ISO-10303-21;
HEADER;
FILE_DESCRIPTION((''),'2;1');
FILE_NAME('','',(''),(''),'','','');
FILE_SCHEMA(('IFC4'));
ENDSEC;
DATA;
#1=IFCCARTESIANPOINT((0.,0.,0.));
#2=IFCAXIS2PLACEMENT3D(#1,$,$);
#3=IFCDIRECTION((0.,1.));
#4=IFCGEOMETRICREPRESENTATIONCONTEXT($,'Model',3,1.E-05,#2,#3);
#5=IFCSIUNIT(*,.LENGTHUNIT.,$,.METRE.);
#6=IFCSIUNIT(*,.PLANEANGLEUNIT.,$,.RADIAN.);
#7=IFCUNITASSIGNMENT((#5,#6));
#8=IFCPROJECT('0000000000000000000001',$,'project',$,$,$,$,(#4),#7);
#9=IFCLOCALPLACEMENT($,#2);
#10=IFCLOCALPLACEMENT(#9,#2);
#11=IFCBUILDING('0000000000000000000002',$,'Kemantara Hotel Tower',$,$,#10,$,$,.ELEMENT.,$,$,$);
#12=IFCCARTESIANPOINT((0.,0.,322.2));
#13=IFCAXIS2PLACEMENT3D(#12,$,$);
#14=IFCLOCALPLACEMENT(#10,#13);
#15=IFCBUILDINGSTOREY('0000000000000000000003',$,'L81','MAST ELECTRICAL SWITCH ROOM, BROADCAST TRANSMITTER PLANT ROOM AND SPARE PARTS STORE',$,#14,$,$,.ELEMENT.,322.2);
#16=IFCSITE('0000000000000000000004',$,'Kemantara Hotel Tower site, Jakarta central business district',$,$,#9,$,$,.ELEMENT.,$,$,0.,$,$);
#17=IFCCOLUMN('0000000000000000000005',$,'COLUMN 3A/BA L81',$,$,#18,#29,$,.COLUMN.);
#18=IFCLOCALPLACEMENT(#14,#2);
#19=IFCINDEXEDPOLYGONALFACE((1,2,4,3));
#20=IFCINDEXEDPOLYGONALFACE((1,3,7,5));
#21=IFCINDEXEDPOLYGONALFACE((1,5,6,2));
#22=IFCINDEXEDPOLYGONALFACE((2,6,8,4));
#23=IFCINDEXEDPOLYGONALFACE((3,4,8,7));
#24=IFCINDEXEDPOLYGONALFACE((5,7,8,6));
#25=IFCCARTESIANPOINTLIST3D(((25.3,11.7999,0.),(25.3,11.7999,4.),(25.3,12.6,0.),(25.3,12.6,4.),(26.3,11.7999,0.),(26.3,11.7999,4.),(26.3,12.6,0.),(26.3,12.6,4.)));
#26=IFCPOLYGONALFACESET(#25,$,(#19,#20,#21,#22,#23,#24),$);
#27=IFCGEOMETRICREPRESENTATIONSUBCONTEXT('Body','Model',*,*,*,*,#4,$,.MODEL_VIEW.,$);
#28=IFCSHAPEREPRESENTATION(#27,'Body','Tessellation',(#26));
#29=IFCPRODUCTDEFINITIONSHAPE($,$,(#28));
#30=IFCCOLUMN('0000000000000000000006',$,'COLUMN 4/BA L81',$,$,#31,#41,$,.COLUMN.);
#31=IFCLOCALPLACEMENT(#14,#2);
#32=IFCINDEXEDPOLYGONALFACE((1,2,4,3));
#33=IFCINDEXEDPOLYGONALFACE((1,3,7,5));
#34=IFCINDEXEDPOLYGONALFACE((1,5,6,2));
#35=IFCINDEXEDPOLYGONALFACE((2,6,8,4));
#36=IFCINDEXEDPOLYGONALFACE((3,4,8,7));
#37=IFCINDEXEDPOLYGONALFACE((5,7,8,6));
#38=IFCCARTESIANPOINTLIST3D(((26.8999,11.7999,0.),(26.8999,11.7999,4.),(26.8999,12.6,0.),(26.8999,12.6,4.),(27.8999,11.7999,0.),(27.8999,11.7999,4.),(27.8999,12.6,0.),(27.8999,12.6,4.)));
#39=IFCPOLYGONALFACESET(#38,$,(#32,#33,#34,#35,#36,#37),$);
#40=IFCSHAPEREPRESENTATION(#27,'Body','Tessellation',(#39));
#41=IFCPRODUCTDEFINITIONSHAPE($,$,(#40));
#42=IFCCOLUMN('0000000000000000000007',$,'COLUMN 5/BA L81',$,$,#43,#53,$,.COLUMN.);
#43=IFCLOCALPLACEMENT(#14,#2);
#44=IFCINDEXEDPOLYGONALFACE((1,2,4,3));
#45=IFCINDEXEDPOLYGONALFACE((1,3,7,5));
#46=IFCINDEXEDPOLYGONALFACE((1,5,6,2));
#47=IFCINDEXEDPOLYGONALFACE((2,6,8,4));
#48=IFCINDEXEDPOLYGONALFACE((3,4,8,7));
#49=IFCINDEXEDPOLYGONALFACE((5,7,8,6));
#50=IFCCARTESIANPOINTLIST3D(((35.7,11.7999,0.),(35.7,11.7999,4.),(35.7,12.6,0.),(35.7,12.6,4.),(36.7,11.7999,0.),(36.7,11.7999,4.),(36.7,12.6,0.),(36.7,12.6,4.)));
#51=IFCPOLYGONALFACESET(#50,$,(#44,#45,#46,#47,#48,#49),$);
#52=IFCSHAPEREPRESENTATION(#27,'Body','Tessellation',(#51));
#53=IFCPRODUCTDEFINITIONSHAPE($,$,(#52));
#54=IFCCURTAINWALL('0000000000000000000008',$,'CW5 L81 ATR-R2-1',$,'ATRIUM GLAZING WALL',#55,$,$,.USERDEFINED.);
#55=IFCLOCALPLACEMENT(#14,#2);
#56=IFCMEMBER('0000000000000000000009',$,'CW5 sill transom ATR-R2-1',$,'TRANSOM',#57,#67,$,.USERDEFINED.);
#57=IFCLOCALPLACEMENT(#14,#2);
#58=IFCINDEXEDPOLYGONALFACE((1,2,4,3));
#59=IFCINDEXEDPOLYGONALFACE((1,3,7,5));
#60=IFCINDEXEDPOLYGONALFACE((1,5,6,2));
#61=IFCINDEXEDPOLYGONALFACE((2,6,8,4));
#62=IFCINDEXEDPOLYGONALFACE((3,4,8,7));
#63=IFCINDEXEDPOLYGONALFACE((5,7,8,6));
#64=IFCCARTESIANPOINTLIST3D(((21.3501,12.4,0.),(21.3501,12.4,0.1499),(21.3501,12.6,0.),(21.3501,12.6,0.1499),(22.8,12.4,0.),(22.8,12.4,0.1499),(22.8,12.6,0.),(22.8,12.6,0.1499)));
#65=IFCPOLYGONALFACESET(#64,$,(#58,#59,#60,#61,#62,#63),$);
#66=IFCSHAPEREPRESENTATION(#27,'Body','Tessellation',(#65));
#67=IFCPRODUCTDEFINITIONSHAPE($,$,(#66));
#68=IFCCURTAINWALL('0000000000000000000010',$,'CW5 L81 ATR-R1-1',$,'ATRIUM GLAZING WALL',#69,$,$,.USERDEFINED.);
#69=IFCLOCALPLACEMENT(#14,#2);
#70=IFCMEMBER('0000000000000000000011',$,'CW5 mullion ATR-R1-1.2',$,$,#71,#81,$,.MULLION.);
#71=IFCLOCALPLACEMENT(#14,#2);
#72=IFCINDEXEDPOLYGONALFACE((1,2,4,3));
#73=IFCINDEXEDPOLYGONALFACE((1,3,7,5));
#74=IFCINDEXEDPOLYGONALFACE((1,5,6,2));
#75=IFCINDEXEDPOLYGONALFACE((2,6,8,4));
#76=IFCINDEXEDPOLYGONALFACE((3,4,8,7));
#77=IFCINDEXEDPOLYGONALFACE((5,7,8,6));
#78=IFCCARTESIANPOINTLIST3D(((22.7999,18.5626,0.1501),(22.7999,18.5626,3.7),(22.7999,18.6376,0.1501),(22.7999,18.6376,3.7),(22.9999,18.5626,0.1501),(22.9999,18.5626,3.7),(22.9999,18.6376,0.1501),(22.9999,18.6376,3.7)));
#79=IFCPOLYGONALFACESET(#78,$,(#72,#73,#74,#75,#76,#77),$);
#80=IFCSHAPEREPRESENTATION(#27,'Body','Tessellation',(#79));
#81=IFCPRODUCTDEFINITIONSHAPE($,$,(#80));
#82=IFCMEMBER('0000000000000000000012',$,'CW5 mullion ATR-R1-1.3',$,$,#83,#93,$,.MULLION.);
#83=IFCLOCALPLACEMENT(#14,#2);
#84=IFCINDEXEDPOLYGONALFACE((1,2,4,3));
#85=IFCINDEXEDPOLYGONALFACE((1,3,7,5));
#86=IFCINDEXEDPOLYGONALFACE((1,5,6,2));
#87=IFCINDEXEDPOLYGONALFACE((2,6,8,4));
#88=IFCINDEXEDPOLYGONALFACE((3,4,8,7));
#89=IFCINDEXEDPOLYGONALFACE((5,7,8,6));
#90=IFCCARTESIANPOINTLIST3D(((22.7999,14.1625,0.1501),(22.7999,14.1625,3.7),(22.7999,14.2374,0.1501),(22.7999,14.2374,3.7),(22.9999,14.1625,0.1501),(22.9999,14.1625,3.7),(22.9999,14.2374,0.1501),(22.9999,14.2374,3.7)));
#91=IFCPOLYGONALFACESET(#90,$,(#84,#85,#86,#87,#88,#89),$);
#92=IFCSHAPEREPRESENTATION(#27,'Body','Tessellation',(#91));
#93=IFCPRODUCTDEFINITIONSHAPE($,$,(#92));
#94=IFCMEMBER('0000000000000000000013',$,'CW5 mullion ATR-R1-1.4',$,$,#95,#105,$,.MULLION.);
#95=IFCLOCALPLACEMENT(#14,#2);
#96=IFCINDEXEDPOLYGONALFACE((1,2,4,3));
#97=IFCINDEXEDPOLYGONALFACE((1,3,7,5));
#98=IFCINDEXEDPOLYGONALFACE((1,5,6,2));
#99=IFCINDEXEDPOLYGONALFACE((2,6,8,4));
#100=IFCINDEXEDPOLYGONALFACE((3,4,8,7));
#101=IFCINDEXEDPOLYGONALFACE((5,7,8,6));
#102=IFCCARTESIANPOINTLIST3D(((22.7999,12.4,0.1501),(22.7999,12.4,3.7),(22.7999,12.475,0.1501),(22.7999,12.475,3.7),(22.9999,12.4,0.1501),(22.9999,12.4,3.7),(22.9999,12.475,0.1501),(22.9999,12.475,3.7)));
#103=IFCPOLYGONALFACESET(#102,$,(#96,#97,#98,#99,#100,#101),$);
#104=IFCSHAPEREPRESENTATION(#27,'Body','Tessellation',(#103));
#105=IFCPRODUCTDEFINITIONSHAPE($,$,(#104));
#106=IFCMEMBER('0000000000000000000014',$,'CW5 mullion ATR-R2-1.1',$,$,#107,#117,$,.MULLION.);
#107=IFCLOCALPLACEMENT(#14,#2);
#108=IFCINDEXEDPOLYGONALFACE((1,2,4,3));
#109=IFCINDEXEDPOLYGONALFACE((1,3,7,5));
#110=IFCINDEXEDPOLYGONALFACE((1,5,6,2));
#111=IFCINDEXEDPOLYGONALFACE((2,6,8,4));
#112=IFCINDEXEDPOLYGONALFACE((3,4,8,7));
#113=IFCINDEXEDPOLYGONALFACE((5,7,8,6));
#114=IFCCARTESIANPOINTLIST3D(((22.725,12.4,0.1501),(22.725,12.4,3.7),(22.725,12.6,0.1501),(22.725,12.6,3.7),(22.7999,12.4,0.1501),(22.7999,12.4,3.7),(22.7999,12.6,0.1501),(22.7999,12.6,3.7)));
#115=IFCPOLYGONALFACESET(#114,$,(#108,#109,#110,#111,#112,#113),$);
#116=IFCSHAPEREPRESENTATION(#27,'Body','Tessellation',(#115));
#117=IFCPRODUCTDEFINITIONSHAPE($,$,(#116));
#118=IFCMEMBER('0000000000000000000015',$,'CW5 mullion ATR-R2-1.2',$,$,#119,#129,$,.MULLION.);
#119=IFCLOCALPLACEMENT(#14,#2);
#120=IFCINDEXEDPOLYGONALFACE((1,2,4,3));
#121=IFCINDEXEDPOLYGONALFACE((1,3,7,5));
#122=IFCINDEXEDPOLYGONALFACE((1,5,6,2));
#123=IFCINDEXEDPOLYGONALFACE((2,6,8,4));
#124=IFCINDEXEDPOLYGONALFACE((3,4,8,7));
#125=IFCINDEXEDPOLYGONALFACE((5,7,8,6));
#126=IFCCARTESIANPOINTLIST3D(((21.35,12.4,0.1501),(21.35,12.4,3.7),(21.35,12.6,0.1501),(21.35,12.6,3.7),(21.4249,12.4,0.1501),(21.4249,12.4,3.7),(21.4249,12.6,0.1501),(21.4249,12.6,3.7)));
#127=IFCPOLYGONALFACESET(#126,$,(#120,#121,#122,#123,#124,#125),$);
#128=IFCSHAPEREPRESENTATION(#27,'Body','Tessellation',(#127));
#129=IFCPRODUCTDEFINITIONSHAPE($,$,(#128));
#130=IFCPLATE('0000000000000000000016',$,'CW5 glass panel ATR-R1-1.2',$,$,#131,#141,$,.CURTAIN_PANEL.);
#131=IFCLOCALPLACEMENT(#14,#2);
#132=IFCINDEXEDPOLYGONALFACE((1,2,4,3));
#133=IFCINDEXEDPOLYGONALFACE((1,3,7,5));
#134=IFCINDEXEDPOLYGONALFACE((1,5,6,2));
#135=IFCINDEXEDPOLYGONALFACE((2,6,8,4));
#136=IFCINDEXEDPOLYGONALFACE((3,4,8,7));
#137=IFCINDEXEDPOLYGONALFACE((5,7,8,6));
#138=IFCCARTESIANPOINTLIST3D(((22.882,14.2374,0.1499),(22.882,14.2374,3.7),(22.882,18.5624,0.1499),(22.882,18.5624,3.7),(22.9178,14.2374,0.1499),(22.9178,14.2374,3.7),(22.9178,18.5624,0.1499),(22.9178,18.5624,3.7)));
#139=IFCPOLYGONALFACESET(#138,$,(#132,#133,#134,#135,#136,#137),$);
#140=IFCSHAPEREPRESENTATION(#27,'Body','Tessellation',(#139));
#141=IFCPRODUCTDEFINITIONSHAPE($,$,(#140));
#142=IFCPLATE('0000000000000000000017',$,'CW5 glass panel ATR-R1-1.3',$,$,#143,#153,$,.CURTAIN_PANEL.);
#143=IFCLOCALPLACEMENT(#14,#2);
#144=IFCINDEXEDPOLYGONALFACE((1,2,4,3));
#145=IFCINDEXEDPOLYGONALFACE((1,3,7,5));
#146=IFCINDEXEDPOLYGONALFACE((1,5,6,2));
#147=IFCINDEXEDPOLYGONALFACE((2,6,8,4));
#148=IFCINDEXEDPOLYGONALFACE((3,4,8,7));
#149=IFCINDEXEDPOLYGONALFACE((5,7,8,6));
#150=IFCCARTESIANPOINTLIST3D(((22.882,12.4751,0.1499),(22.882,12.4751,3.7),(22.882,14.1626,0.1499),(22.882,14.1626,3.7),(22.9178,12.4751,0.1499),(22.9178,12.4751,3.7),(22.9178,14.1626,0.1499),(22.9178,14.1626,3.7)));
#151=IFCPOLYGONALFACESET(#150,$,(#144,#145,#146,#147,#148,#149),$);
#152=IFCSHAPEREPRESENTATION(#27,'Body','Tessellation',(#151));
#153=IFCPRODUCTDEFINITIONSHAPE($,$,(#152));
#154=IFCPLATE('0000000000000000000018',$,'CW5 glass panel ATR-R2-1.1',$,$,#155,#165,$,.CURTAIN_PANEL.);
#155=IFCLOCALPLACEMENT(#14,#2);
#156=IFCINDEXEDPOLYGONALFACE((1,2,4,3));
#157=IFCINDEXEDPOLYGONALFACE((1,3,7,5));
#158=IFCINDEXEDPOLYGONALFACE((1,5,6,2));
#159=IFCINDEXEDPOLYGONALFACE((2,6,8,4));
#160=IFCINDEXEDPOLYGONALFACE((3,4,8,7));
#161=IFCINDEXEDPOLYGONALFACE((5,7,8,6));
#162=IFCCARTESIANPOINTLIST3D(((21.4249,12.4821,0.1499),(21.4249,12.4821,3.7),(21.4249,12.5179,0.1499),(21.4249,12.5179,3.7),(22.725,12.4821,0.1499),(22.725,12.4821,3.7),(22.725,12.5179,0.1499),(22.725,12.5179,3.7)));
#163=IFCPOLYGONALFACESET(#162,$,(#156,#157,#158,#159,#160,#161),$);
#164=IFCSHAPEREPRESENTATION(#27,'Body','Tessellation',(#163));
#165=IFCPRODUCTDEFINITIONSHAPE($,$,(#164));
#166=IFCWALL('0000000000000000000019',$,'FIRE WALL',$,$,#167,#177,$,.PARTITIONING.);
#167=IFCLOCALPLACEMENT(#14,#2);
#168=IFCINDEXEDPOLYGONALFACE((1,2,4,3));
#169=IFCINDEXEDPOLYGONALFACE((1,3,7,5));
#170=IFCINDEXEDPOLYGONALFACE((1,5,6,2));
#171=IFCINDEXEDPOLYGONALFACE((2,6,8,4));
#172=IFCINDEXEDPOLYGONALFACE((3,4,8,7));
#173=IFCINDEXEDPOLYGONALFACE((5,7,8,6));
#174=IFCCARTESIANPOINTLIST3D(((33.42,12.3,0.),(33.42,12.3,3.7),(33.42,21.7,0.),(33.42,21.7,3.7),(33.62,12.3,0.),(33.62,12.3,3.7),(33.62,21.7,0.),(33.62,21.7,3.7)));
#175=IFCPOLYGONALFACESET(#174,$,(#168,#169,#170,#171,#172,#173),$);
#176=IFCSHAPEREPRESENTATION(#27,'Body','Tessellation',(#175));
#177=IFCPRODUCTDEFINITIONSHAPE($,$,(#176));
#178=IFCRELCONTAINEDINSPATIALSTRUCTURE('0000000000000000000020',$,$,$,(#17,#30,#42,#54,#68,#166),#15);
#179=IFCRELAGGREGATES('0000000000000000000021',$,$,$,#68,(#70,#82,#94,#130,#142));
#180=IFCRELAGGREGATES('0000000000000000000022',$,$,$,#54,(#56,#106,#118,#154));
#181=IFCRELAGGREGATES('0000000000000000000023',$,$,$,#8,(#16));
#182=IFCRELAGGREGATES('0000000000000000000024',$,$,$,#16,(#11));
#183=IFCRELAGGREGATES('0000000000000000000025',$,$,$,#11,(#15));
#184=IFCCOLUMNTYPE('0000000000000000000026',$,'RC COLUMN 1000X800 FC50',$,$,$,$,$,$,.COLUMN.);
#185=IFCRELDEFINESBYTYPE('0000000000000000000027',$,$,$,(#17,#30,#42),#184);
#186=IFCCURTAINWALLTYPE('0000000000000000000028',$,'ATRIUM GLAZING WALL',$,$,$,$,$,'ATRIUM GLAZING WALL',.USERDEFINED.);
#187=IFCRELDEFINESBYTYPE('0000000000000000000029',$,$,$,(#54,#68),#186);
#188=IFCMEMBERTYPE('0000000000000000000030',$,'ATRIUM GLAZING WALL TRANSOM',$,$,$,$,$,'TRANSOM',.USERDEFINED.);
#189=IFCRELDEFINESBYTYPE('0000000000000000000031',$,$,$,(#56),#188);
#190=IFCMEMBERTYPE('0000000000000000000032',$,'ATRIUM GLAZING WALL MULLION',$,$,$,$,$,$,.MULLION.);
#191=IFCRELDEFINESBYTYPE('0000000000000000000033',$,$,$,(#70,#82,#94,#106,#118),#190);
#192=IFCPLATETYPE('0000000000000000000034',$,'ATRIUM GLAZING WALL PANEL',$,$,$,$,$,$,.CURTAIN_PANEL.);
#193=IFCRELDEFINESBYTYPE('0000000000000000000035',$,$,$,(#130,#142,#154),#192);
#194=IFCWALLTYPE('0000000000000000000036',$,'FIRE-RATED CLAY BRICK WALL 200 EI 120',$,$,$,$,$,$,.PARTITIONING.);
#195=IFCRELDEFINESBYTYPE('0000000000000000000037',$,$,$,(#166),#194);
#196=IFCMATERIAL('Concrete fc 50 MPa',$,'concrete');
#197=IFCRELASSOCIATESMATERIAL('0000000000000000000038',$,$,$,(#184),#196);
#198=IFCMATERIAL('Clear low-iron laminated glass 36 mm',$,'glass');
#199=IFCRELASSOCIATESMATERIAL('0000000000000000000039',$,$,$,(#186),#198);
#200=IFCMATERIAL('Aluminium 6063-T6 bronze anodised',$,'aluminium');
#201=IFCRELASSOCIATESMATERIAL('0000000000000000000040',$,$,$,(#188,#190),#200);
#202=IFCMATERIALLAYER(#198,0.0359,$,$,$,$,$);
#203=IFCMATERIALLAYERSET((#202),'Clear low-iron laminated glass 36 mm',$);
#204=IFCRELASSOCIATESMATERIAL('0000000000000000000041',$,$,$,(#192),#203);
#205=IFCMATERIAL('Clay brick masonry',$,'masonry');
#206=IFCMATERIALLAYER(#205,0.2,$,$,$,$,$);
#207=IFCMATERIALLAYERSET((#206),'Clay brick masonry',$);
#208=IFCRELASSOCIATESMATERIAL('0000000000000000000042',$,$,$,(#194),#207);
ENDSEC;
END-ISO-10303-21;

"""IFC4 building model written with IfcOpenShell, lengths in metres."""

from ifc_helpers import new_model, si_unit, direction, frame, frame_2d, origin, origin_2d, place, context, subcontext, project, spatial, rectangle, extrude, source, transform, mapped, material, layer, layer_set, material_profile, profile_set, type_object, element, aggregate, save


model = new_model("IFC4")

# Units and contexts
model_context = context("Model", 3, precision=1e-05, world=origin(), true_north=direction((0.0, 1.0)))
body_context = subcontext(model_context, "Body", "Model", "MODEL_VIEW")
ifc_project = project(units=[si_unit("LENGTHUNIT", "METRE"), si_unit("PLANEANGLEUNIT", "RADIAN")], contexts=[model_context])

# Site, building, storey
site_placement = place(None, origin())
site = spatial("IfcSite", under=ifc_project, at=site_placement, Name="Kemantara Hotel Tower site, Jakarta central business district", CompositionType="ELEMENT", RefElevation=0.0)
building_placement = place(site_placement, origin())
building = spatial("IfcBuilding", under=site, at=building_placement, Name="Kemantara Hotel Tower", CompositionType="ELEMENT")
storey_placement = place(building_placement, frame((0.0, 0.0, 322.2)))
storey = spatial("IfcBuildingStorey", under=building, at=storey_placement, Name="L81", Description="MAST ELECTRICAL SWITCH ROOM, BROADCAST TRANSMITTER PLANT ROOM AND SPARE PARTS STORE", CompositionType="ELEMENT", Elevation=322.2)

# Columns
ifc_material_1 = material(Name="Concrete fc 50 MPa", Category="concrete")
ifc_material_profile_1 = material_profile(ifc_material_1, rectangle(XDim=1.0, YDim=0.8, at=origin_2d()), Name="RC 1000X800")
ifc_profile_set_1 = profile_set([ifc_material_profile_1], Name="Concrete fc 50 MPa")
column_type = type_object("IfcColumnType", Name="RC COLUMN 1000X800 FC50", PredefinedType="COLUMN", material=ifc_profile_set_1)
for number, where, z_axis, x_axis, name in (
    (1, (25.8, 12.2, 0.0), (0.0, 0.0, 1.0), (1.0, 0.0, 0.0), "COLUMN 3A/BA L81"),
    (2, (27.3999, 12.2, 0.0), (0.0, 0.0, 1.0), (1.0, 0.0, 0.0), "COLUMN 4/BA L81"),
    (3, (36.2, 12.2, 0.0), (0.0, 0.0, 1.0), (1.0, 0.0, 0.0), "COLUMN 5/BA L81"),
):
    element("IfcColumn", number, at=place(storey_placement, frame(where, z_axis=z_axis, x_axis=x_axis)), inside=storey, type_object=column_type, Name=name, PredefinedType="COLUMN", context=body_context, shape_type="SweptSolid", body=[
        extrude(rectangle(XDim=1.0, YDim=0.8, at=origin_2d()), origin(), (0.0, 0.0, 1.0), 4.0),
    ])

# Curtain wall, member
ifc_material_2 = material(Name="Clear low-iron laminated glass 36 mm", Category="glass")
curtain_wall_type = type_object("IfcCurtainWallType", Name="ATRIUM GLAZING WALL", ElementType="ATRIUM GLAZING WALL", PredefinedType="USERDEFINED", material=ifc_material_2)
curtain_wall_1_placement = place(storey_placement, origin())
curtain_wall_1 = element("IfcCurtainWall", 4, at=curtain_wall_1_placement, inside=storey, type_object=curtain_wall_type, Name="CW5 L81 ATR-R2-1", ObjectType="ATRIUM GLAZING WALL", PredefinedType="USERDEFINED")
ifc_material_3 = material(Name="Aluminium 6063-T6 bronze anodised", Category="aluminium")
ifc_material_profile_2 = material_profile(ifc_material_3, rectangle(XDim=0.2, YDim=0.1499, at=origin_2d()), Name="ATRIUM GLAZING WALL TRANSOM")
ifc_profile_set_2 = profile_set([ifc_material_profile_2], Name="Aluminium 6063-T6 bronze anodised")
member_type_1 = type_object("IfcMemberType", Name="ATRIUM GLAZING WALL TRANSOM", ElementType="TRANSOM", PredefinedType="USERDEFINED", material=ifc_profile_set_2)
member_1_placement = place(storey_placement, frame((22.8, 12.5, 0.075), z_axis=(-1.0, 0.0, 0.0), x_axis=(0.0, -1.0, 0.0)))
member_1 = element("IfcMember", 5, at=member_1_placement, type_object=member_type_1, Name="CW5 sill transom ATR-R2-1", ObjectType="TRANSOM", PredefinedType="USERDEFINED", context=body_context, shape_type="SweptSolid", body=[
    extrude(rectangle(XDim=0.2, YDim=0.1499, at=origin_2d()), origin(), (0.0, 0.0, 1.0), 1.45),
])

# Curtain wall, members
curtain_wall_2_placement = place(storey_placement, origin())
curtain_wall_2 = element("IfcCurtainWall", 6, at=curtain_wall_2_placement, inside=storey, type_object=curtain_wall_type, Name="CW5 L81 ATR-R1-1", ObjectType="ATRIUM GLAZING WALL", PredefinedType="USERDEFINED")
ifc_material_profile_3 = material_profile(ifc_material_3, rectangle(XDim=0.2, YDim=0.075, at=origin_2d()), Name="ATRIUM GLAZING WALL MULLION")
ifc_profile_set_3 = profile_set([ifc_material_profile_3], Name="Aluminium 6063-T6 bronze anodised")
member_type_2 = type_object("IfcMemberType", Name="ATRIUM GLAZING WALL MULLION", PredefinedType="MULLION", material=ifc_profile_set_3)
shared_shape_1 = source(origin(), body_context, "Body", "SweptSolid", [
    extrude(rectangle(XDim=0.2, YDim=0.075, at=origin_2d()), origin(), (0.0, 0.0, 1.0), 3.5498),
])
member_2_placement = place(storey_placement, frame((22.8999, 18.6001, 0.1501), z_axis=(0.0, 0.0, 1.0), x_axis=(1.0, 0.0, 0.0)))
member_2 = element("IfcMember", 7, at=member_2_placement, type_object=member_type_2, Name="CW5 mullion ATR-R1-1.2", PredefinedType="MULLION", context=body_context, shape_type="MappedRepresentation", body=[
    mapped(shared_shape_1, transform((0.0, 0.0, 0.0))),
])
member_3_placement = place(storey_placement, frame((22.8999, 14.2, 0.1501), z_axis=(0.0, 0.0, 1.0), x_axis=(1.0, 0.0, 0.0)))
member_3 = element("IfcMember", 8, at=member_3_placement, type_object=member_type_2, Name="CW5 mullion ATR-R1-1.3", PredefinedType="MULLION", context=body_context, shape_type="MappedRepresentation", body=[
    mapped(shared_shape_1, transform((0.0, 0.0, 0.0))),
])
member_4_placement = place(storey_placement, frame((22.8999, 12.4375, 0.1501), z_axis=(0.0, 0.0, 1.0), x_axis=(1.0, 0.0, 0.0)))
member_4 = element("IfcMember", 9, at=member_4_placement, type_object=member_type_2, Name="CW5 mullion ATR-R1-1.4", PredefinedType="MULLION", context=body_context, shape_type="MappedRepresentation", body=[
    mapped(shared_shape_1, transform((0.0, 0.0, 0.0))),
])

# Members
member_5_placement = place(storey_placement, frame((22.7625, 12.5, 0.1501), z_axis=(0.0, 0.0, 1.0), x_axis=(0.0, -1.0, 0.0)))
member_5 = element("IfcMember", 10, at=member_5_placement, type_object=member_type_2, Name="CW5 mullion ATR-R2-1.1", PredefinedType="MULLION", context=body_context, shape_type="MappedRepresentation", body=[
    mapped(shared_shape_1, transform((0.0, 0.0, 0.0))),
])
member_6_placement = place(storey_placement, frame((21.3875, 12.5, 0.1501), z_axis=(0.0, 0.0, 1.0), x_axis=(0.0, -1.0, 0.0)))
member_6 = element("IfcMember", 11, at=member_6_placement, type_object=member_type_2, Name="CW5 mullion ATR-R2-1.2", PredefinedType="MULLION", context=body_context, shape_type="MappedRepresentation", body=[
    mapped(shared_shape_1, transform((0.0, 0.0, 0.0))),
])

# Plates
ifc_layer_1 = layer(ifc_material_2, 0.0359)
ifc_layer_set_1 = layer_set([ifc_layer_1], Name="Clear low-iron laminated glass 36 mm")
plate_type = type_object("IfcPlateType", Name="ATRIUM GLAZING WALL PANEL", PredefinedType="CURTAIN_PANEL", material=ifc_layer_set_1)
shared_shape_2 = source(origin(), body_context, "Body", "SweptSolid", [
    extrude(rectangle(XDim=4.325, YDim=0.0359, at=origin_2d()), origin(), (0.0, 0.0, 1.0), 3.55),
])
plate_1_placement = place(storey_placement, frame((22.8999, 16.3999, 0.1499), z_axis=(0.0, 0.0, 1.0), x_axis=(0.0, -1.0, 0.0)))
plate_1 = element("IfcPlate", 12, at=plate_1_placement, type_object=plate_type, Name="CW5 glass panel ATR-R1-1.2", PredefinedType="CURTAIN_PANEL", context=body_context, shape_type="MappedRepresentation", body=[
    mapped(shared_shape_2, transform((0.0, 0.0, 0.0))),
])
shared_shape_3 = source(origin(), body_context, "Body", "SweptSolid", [
    extrude(rectangle(XDim=1.6875, YDim=0.0359, at=origin_2d()), origin(), (0.0, 0.0, 1.0), 3.55),
])
plate_2_placement = place(storey_placement, frame((22.8999, 13.3188, 0.1499), z_axis=(0.0, 0.0, 1.0), x_axis=(0.0, -1.0, 0.0)))
plate_2 = element("IfcPlate", 13, at=plate_2_placement, type_object=plate_type, Name="CW5 glass panel ATR-R1-1.3", PredefinedType="CURTAIN_PANEL", context=body_context, shape_type="MappedRepresentation", body=[
    mapped(shared_shape_3, transform((0.0, 0.0, 0.0))),
])
aggregate(curtain_wall_2, [member_2, member_3, member_4, plate_1, plate_2])
shared_shape_4 = source(origin(), body_context, "Body", "SweptSolid", [
    extrude(rectangle(XDim=1.3, YDim=0.0359, at=origin_2d()), origin(), (0.0, 0.0, 1.0), 3.55),
])
plate_3_placement = place(storey_placement, frame((22.075, 12.5, 0.1499), z_axis=(0.0, 0.0, 1.0), x_axis=(-1.0, 0.0, 0.0)))
plate_3 = element("IfcPlate", 14, at=plate_3_placement, type_object=plate_type, Name="CW5 glass panel ATR-R2-1.1", PredefinedType="CURTAIN_PANEL", context=body_context, shape_type="MappedRepresentation", body=[
    mapped(shared_shape_4, transform((0.0, 0.0, 0.0))),
])
aggregate(curtain_wall_1, [member_1, member_5, member_6, plate_3])

# Wall
ifc_material_4 = material(Name="Clay brick masonry", Category="masonry")
ifc_layer_2 = layer(ifc_material_4, 0.2)
ifc_layer_set_2 = layer_set([ifc_layer_2], Name="Clay brick masonry")
wall_type_1 = type_object("IfcWallType", Name="FIRE-RATED CLAY BRICK WALL 200 EI 120", PredefinedType="PARTITIONING", material=ifc_layer_set_2)
wall_1_placement = place(storey_placement, frame((33.52, 12.3, 0.0), z_axis=(0.0, 0.0, 1.0), x_axis=(0.0, 1.0, 0.0)))
element("IfcWall", 15, at=wall_1_placement, inside=storey, type_object=wall_type_1, Name="FIRE WALL", PredefinedType="PARTITIONING", context=body_context, shape_type="SweptSolid", body=[
    extrude(rectangle(XDim=9.3999, YDim=0.2, at=frame_2d((4.7, 0.0))), origin(), (0.0, 0.0, 1.0), 3.7),
])

save(model, "model.ifc")
